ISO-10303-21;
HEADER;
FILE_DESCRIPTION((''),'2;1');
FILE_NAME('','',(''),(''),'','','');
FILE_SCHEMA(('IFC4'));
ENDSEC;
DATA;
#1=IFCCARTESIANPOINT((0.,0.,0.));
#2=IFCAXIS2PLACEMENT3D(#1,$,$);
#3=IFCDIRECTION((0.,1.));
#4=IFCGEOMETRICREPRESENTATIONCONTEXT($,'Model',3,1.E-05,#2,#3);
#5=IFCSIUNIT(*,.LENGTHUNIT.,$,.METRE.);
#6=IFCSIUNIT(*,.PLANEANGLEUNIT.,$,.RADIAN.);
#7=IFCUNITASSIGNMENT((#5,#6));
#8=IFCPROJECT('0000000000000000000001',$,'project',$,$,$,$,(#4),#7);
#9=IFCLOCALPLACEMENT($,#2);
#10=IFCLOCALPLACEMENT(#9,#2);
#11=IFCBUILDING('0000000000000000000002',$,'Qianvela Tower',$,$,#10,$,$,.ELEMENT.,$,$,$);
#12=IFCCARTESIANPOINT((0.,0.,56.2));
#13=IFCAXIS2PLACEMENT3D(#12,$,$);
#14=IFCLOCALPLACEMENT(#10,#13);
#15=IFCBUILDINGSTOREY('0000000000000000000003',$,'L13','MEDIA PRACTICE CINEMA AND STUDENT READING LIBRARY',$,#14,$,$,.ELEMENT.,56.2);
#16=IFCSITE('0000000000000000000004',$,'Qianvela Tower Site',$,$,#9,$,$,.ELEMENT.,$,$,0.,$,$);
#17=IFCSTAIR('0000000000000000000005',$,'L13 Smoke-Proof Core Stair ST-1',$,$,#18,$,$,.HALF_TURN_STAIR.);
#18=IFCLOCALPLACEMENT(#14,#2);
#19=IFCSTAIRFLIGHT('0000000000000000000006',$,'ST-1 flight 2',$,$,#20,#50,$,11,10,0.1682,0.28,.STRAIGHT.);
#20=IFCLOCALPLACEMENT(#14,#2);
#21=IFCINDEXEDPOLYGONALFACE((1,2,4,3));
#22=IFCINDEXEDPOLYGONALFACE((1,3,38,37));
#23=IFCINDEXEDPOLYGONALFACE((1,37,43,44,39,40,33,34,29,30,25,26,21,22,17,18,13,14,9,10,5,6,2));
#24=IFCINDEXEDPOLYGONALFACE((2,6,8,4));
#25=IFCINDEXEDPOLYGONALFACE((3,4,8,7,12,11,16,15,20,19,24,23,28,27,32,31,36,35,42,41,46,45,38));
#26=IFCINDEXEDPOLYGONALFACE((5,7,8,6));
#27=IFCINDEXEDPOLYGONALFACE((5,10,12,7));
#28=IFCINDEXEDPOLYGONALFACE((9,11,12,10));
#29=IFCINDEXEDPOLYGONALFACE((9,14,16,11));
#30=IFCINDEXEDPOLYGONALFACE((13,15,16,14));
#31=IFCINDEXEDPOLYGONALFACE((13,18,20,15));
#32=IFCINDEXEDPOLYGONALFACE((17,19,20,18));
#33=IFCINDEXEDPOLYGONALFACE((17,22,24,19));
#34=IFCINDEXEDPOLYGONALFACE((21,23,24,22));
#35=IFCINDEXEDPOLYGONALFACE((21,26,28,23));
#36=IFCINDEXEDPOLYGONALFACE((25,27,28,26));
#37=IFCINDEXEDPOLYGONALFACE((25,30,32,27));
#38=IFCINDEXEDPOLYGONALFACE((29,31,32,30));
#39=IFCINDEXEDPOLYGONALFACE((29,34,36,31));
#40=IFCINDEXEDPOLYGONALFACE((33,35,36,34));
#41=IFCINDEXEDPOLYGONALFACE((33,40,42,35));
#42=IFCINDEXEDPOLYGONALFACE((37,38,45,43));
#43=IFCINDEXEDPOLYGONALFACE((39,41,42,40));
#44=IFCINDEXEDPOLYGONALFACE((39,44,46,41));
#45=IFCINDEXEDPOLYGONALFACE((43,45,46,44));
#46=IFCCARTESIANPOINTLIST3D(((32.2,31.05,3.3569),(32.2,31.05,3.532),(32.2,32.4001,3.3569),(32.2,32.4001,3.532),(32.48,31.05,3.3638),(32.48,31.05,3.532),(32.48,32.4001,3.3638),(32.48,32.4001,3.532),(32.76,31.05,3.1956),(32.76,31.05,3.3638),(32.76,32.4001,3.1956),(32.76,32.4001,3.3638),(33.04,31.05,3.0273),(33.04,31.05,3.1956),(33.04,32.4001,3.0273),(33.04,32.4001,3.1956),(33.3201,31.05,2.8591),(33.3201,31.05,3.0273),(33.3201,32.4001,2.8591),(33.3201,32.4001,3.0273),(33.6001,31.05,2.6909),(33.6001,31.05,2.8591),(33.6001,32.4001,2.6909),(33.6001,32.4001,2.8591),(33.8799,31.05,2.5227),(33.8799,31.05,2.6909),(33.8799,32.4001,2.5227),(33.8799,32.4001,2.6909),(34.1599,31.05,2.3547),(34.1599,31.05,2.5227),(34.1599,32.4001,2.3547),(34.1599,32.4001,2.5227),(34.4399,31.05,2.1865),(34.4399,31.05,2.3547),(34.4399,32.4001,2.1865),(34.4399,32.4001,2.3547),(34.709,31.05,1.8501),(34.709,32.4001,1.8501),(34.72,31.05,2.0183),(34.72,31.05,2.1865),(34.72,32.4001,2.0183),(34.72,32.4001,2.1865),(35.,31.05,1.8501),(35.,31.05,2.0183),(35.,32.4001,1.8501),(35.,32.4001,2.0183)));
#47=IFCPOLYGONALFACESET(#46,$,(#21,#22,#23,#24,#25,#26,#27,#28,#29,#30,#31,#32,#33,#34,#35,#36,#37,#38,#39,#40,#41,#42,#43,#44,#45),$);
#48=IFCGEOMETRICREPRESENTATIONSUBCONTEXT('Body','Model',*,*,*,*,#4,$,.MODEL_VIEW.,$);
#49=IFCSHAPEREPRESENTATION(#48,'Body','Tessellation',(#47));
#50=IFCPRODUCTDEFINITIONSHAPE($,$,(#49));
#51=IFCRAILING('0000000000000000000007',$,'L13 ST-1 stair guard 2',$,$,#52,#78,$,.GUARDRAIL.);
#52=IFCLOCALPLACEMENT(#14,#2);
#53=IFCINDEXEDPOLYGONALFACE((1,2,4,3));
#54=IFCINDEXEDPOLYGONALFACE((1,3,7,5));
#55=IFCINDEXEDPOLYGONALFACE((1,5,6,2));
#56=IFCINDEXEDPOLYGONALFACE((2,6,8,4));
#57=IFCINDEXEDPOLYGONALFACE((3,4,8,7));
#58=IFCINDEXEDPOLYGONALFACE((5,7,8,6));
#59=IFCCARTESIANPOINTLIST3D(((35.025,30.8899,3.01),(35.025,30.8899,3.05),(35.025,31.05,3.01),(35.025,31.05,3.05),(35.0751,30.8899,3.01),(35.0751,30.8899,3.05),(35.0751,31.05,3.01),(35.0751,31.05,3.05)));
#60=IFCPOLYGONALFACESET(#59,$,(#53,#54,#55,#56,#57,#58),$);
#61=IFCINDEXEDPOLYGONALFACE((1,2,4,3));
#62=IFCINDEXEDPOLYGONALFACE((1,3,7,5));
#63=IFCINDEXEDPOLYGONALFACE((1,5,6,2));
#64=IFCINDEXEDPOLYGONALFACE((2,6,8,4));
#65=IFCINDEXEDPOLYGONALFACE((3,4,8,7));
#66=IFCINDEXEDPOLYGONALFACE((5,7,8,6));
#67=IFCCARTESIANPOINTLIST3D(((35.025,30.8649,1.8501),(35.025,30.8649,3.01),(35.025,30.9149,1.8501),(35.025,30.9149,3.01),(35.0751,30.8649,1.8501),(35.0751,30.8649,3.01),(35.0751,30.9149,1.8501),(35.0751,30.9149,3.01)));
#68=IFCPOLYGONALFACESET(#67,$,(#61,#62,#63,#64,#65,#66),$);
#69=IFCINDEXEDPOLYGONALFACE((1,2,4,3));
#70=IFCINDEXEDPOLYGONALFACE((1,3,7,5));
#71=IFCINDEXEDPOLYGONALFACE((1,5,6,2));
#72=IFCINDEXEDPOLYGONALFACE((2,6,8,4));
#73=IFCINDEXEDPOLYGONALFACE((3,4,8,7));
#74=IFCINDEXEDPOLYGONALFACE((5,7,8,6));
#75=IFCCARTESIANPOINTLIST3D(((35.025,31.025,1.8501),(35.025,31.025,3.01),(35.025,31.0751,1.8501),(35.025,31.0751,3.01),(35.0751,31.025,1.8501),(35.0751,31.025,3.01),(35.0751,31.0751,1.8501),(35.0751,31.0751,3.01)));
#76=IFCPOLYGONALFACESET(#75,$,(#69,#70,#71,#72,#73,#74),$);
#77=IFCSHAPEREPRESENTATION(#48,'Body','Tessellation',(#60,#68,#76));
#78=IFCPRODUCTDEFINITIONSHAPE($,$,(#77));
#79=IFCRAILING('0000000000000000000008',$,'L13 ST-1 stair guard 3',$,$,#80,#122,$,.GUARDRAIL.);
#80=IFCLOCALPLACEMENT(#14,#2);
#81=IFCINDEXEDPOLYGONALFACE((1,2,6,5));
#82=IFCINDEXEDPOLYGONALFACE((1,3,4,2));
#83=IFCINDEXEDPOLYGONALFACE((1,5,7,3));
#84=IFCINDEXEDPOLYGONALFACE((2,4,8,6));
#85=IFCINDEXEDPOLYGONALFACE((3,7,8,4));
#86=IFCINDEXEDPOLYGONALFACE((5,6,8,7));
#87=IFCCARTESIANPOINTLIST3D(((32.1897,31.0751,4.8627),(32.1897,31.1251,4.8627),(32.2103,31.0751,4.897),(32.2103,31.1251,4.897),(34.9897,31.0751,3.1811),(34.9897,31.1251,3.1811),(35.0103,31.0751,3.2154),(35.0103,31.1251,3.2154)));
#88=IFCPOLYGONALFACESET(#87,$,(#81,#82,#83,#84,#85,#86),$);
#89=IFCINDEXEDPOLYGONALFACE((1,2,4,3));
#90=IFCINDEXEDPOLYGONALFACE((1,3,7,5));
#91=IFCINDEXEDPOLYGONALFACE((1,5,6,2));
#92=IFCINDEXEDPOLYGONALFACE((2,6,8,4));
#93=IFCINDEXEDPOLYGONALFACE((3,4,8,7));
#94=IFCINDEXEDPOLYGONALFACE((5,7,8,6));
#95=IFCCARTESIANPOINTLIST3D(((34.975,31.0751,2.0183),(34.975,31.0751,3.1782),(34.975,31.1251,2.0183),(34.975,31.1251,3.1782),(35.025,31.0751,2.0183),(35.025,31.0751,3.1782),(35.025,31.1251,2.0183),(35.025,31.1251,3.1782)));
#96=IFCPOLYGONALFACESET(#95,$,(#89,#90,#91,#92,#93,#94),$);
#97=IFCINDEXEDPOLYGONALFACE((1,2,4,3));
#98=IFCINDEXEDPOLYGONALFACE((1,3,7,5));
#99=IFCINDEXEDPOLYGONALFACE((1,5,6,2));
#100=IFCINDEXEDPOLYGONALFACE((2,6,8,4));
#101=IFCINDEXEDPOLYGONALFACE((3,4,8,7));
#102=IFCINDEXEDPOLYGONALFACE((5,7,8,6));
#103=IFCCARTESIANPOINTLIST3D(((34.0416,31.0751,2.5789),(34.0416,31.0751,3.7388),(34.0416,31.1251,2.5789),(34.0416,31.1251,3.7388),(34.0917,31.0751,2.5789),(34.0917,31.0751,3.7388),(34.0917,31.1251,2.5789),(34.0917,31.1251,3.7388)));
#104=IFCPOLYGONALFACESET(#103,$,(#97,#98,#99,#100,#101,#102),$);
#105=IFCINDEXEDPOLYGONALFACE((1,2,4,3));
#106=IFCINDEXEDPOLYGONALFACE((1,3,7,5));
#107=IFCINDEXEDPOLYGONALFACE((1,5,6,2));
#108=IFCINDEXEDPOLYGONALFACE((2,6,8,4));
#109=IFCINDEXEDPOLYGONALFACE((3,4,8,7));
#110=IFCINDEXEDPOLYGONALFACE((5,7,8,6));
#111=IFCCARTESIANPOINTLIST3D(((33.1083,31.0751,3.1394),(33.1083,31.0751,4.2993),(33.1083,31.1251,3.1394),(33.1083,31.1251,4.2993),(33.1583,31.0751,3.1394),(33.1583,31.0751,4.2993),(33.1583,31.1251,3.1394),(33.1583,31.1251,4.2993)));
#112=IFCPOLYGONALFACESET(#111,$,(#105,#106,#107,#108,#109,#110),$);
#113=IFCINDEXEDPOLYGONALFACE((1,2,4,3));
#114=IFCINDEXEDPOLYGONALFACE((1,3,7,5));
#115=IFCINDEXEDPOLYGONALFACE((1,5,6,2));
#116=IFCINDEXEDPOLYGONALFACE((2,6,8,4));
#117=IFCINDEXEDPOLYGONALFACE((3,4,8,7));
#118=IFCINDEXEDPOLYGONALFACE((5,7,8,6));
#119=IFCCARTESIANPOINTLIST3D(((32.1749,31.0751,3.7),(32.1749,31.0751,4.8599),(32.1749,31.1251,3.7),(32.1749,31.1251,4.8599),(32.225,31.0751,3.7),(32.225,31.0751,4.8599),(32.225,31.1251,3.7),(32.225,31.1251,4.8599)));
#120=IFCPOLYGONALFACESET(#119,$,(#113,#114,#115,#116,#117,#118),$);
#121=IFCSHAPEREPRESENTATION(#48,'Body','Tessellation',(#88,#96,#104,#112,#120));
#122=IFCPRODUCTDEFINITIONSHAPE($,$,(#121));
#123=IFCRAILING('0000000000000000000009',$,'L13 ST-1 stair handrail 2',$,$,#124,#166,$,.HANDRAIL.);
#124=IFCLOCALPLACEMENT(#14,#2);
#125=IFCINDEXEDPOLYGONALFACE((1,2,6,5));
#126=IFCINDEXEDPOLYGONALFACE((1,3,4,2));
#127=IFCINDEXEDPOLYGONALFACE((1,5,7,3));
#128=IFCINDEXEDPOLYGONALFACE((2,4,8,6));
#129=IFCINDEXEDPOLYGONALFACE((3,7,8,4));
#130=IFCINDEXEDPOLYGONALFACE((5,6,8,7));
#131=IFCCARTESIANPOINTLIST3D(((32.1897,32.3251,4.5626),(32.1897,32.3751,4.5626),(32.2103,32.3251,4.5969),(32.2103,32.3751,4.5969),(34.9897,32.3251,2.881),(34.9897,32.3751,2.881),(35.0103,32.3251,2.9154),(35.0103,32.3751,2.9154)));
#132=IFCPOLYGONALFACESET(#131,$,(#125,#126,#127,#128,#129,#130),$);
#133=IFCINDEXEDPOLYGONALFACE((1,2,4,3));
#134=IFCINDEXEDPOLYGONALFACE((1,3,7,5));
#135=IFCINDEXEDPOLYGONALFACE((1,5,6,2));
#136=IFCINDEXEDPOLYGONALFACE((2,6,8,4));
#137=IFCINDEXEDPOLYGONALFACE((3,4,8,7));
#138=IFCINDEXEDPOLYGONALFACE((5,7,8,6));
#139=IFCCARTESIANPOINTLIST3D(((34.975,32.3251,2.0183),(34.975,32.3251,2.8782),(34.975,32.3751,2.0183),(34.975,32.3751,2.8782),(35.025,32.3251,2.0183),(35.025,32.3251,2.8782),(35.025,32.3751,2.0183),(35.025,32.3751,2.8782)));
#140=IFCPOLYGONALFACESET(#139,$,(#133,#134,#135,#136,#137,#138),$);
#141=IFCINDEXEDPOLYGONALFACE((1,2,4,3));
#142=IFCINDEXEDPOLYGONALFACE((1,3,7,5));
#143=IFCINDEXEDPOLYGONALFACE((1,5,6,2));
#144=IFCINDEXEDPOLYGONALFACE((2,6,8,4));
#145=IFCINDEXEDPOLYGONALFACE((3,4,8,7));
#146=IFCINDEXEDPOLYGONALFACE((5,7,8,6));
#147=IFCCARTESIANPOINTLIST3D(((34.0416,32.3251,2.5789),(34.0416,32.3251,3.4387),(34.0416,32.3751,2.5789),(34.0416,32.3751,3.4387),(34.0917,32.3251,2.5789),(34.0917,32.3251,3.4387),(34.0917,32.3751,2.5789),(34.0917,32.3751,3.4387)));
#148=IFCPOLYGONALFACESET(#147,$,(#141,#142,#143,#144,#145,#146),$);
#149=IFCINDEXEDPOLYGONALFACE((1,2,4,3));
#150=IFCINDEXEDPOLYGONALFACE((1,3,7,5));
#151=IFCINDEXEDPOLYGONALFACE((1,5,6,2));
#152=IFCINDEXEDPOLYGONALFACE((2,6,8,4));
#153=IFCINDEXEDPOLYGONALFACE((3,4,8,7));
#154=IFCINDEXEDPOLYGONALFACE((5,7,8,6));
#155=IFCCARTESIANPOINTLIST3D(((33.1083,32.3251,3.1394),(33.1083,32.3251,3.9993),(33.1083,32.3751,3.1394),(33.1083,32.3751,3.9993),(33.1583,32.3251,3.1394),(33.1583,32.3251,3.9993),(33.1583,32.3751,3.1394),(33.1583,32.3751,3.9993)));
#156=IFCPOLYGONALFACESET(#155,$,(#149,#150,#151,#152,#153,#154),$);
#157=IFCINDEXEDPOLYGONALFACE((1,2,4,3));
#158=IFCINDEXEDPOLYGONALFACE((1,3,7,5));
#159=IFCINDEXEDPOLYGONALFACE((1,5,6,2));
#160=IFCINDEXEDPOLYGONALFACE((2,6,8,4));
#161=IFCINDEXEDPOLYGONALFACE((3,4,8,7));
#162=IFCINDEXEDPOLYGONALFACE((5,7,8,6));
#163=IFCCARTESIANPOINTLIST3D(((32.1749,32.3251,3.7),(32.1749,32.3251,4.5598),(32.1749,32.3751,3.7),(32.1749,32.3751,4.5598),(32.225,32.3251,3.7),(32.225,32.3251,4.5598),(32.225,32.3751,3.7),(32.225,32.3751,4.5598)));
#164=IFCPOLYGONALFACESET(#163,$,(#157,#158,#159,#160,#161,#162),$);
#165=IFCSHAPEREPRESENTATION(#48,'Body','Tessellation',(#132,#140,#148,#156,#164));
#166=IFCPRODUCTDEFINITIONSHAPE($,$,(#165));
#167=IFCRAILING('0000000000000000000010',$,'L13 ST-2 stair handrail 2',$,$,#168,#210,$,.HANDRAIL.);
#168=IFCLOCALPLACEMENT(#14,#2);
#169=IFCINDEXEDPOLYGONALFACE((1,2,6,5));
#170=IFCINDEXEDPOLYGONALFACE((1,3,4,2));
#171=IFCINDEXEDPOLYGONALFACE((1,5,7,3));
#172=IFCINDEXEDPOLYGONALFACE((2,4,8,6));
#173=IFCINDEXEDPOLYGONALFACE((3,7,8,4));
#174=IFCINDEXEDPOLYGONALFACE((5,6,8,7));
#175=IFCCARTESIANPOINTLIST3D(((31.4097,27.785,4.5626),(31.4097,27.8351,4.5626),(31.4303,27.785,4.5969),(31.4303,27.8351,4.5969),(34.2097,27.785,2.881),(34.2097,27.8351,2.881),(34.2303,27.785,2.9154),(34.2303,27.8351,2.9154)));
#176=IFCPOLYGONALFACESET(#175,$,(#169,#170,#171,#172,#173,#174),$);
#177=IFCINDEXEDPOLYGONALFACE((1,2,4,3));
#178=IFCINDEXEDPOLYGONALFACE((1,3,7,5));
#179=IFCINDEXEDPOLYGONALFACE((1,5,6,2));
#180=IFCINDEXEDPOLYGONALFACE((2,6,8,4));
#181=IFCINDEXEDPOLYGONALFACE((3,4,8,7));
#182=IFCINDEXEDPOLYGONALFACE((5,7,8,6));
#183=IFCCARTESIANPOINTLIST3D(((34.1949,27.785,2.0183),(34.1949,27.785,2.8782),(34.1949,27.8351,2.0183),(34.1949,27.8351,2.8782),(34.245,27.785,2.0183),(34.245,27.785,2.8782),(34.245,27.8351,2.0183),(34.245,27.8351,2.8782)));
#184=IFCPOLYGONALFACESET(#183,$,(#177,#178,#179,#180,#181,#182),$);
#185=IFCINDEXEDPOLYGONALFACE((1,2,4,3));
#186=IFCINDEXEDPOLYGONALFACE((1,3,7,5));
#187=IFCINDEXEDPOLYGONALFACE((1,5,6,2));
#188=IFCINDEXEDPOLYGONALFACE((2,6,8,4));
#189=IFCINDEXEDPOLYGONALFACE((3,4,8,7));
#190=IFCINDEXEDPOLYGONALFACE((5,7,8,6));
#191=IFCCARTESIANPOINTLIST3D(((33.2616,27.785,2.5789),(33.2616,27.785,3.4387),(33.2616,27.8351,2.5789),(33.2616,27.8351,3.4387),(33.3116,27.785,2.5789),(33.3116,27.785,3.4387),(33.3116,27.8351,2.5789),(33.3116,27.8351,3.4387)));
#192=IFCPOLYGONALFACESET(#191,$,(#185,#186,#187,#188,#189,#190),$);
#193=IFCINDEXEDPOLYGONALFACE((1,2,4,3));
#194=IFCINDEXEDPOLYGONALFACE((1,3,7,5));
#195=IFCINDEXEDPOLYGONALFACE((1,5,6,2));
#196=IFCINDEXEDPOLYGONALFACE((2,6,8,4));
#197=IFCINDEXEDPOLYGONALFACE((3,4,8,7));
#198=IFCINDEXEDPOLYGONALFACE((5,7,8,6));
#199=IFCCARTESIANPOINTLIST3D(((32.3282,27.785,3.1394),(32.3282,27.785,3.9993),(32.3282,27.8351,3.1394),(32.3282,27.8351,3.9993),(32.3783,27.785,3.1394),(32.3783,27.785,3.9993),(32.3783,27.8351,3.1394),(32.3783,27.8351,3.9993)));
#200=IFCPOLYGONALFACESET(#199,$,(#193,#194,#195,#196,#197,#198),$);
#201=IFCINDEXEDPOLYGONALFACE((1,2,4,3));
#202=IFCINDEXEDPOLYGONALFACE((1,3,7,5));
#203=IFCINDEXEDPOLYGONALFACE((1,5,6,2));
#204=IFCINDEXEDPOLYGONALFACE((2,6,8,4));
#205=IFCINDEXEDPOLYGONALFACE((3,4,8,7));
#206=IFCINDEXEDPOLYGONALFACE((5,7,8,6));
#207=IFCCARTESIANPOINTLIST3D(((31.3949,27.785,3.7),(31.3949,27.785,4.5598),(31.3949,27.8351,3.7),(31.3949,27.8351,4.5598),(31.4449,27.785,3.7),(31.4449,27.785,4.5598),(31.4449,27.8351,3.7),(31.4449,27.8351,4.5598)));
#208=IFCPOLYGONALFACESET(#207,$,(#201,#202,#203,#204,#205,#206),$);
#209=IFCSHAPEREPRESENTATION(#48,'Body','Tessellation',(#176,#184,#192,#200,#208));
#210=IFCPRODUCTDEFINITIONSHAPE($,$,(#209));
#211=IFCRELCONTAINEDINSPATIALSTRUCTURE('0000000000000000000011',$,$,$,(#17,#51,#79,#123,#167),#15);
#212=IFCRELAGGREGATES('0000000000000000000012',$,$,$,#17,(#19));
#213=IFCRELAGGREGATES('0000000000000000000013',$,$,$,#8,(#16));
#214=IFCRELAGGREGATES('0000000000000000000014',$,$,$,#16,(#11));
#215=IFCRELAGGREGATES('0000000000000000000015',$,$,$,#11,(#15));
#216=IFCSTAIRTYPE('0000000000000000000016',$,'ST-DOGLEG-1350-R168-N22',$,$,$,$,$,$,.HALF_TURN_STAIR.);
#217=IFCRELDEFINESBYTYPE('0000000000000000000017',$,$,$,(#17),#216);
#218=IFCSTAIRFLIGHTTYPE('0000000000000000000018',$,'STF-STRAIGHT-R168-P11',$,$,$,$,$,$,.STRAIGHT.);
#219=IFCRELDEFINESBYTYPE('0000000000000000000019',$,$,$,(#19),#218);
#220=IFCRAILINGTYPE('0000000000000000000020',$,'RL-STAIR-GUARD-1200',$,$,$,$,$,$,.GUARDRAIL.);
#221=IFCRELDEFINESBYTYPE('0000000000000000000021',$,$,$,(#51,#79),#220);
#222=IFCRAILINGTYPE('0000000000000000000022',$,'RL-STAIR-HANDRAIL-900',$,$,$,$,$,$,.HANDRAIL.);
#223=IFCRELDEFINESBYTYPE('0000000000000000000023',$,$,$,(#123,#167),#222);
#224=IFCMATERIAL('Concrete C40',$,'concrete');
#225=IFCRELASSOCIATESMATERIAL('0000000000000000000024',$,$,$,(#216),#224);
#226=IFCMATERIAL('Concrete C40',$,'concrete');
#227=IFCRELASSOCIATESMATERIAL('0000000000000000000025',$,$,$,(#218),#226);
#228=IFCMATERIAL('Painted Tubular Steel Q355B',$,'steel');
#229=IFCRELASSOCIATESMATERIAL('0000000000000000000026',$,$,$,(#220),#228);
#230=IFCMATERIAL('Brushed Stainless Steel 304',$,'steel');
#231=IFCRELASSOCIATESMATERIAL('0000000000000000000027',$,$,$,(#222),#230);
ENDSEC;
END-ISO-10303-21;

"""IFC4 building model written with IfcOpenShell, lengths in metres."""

from ifc_helpers import new_model, si_unit, direction, frame, origin, origin_2d, place, context, subcontext, project, spatial, polyline, rectangle, outline, extrude, material, type_object, element, aggregate, save


model = new_model("IFC4")

# Units and contexts
model_context = context("Model", 3, precision=1e-05, world=origin(), true_north=direction((0.0, 1.0)))
body_context = subcontext(model_context, "Body", "Model", "MODEL_VIEW")
ifc_project = project(units=[si_unit("LENGTHUNIT", "METRE"), si_unit("PLANEANGLEUNIT", "RADIAN")], contexts=[model_context])

# Site, building, storey
site_placement = place(None, origin())
site = spatial("IfcSite", under=ifc_project, at=site_placement, Name="Qianvela Tower Site", CompositionType="ELEMENT", RefElevation=0.0)
building_placement = place(site_placement, origin())
building = spatial("IfcBuilding", under=site, at=building_placement, Name="Qianvela Tower", CompositionType="ELEMENT")
storey_placement = place(building_placement, frame((0.0, 0.0, 56.2)))
storey = spatial("IfcBuildingStorey", under=building, at=storey_placement, Name="L13", Description="MEDIA PRACTICE CINEMA AND STUDENT READING LIBRARY", CompositionType="ELEMENT", Elevation=56.2)

# Stair, stair flight
ifc_material_1 = material(Name="Concrete C40", Category="concrete")
stair_type = type_object("IfcStairType", Name="ST-DOGLEG-1350-R168-N22", PredefinedType="HALF_TURN_STAIR", material=ifc_material_1)
stair_placement = place(storey_placement, origin())
stair = element("IfcStair", 1, at=stair_placement, inside=storey, type_object=stair_type, Name="L13 Smoke-Proof Core Stair ST-1", PredefinedType="HALF_TURN_STAIR")
ifc_material_2 = material(Name="Concrete C40", Category="concrete")
stair_flight_type = type_object("IfcStairFlightType", Name="STF-STRAIGHT-R168-P11", PredefinedType="STRAIGHT", material=ifc_material_2)
stair_flight_placement = place(storey_placement, frame((35.0, 31.7251, 1.8501), z_axis=(0.0, 0.0, 1.0), x_axis=(-1.0, 0.0, 0.0)))
stair_flight = element("IfcStairFlight", 2, at=stair_flight_placement, type_object=stair_flight_type, Name="ST-1 flight 2", NumberOfRisers=11, NumberOfTreads=10, PredefinedType="STRAIGHT", RiserHeight=0.1682, TreadLength=0.28, context=body_context, shape_type="SweptSolid", body=[
    extrude(outline(polyline([(0.0, 0.0), (0.0, 0.1682), (0.28, 0.1682), (0.28, 0.3364), (0.5601, 0.3364), (0.5601, 0.5046), (0.8401, 0.5046), (0.8401, 0.6726), (1.1201, 0.6726), (1.1201, 0.8408), (1.3999, 0.8408), (1.3999, 1.009), (1.6799, 1.009), (1.6799, 1.1772), (1.96, 1.1772), (1.96, 1.3455), (2.24, 1.3455), (2.24, 1.5137), (2.52, 1.5137), (2.52, 1.6819), (2.8, 1.6819), (2.8, 1.8501), (2.8, 1.5068), (0.291, 0.0), (0.0, 0.0)])), frame((0.0, 0.675, 0.0), z_axis=(0.0, -1.0, 0.0), x_axis=(1.0, 0.0, 0.0)), (0.0, 0.0, 1.0), 1.3501),
])
aggregate(stair, [stair_flight])

# Railings
ifc_material_3 = material(Name="Painted Tubular Steel Q355B", Category="steel")
railing_type_1 = type_object("IfcRailingType", Name="RL-STAIR-GUARD-1200", PredefinedType="GUARDRAIL", material=ifc_material_3)
railing_1_placement = place(storey_placement, frame((35.05, 30.8899, 1.8501)))
element("IfcRailing", 3, at=railing_1_placement, inside=storey, type_object=railing_type_1, Name="L13 ST-1 stair guard 2", PredefinedType="GUARDRAIL", context=body_context, shape_type="SweptSolid", body=[
    extrude(rectangle(XDim=0.05, YDim=0.04, at=origin_2d()), frame((0.0, 0.0, 1.1799), z_axis=(0.0, 1.0, 0.0), x_axis=(-1.0, 0.0, 0.0)), (0.0, 0.0, 1.0), 0.1602),
    extrude(rectangle(XDim=0.05, YDim=0.05, at=origin_2d()), origin(), (0.0, 0.0, 1.0), 1.1599),
    extrude(rectangle(XDim=0.05, YDim=0.05, at=origin_2d()), frame((0.0, 0.1602, 0.0)), (0.0, 0.0, 1.0), 1.1599),
])
railing_2_placement = place(storey_placement, frame((35.0, 31.1001, 2.0183)))
element("IfcRailing", 4, at=railing_2_placement, inside=storey, type_object=railing_type_1, Name="L13 ST-1 stair guard 3", PredefinedType="GUARDRAIL", context=body_context, shape_type="SweptSolid", body=[
    extrude(rectangle(XDim=0.05, YDim=0.04, at=origin_2d()), frame((0.0, 0.0, 1.1799), z_axis=(-0.857275, 0.0, 0.514858), x_axis=(0.0, -1.0, 0.0)), (0.0, 0.0, 1.0), 3.2661),
    extrude(rectangle(XDim=0.05, YDim=0.05, at=origin_2d()), origin(), (0.0, 0.0, 1.0), 1.1599),
    extrude(rectangle(XDim=0.05, YDim=0.05, at=origin_2d()), frame((-0.9333, 0.0, 0.5605)), (0.0, 0.0, 1.0), 1.1599),
    extrude(rectangle(XDim=0.05, YDim=0.05, at=origin_2d()), frame((-1.8667, 0.0, 1.1211)), (0.0, 0.0, 1.0), 1.1599),
    extrude(rectangle(XDim=0.05, YDim=0.05, at=origin_2d()), frame((-2.8, 0.0, 1.6816)), (0.0, 0.0, 1.0), 1.1599),
])
ifc_material_4 = material(Name="Brushed Stainless Steel 304", Category="steel")
railing_type_2 = type_object("IfcRailingType", Name="RL-STAIR-HANDRAIL-900", PredefinedType="HANDRAIL", material=ifc_material_4)
for number, where, name in (
    (5, (35.0, 32.3501, 2.0183), "L13 ST-1 stair handrail 2"),
    (6, (34.22, 27.8101, 2.0183), "L13 ST-2 stair handrail 2"),
):
    element("IfcRailing", number, at=place(storey_placement, frame(where)), inside=storey, type_object=railing_type_2, Name=name, PredefinedType="HANDRAIL", context=body_context, shape_type="SweptSolid", body=[
        extrude(rectangle(XDim=0.05, YDim=0.04, at=origin_2d()), frame((0.0, 0.0, 0.8799), z_axis=(-0.857275, 0.0, 0.514858), x_axis=(0.0, -1.0, 0.0)), (0.0, 0.0, 1.0), 3.2661),
        extrude(rectangle(XDim=0.05, YDim=0.05, at=origin_2d()), origin(), (0.0, 0.0, 1.0), 0.8599),
        extrude(rectangle(XDim=0.05, YDim=0.05, at=origin_2d()), frame((-0.9333, 0.0, 0.5605)), (0.0, 0.0, 1.0), 0.8599),
        extrude(rectangle(XDim=0.05, YDim=0.05, at=origin_2d()), frame((-1.8667, 0.0, 1.1211)), (0.0, 0.0, 1.0), 0.8599),
        extrude(rectangle(XDim=0.05, YDim=0.05, at=origin_2d()), frame((-2.8, 0.0, 1.6816)), (0.0, 0.0, 1.0), 0.8599),
    ])

save(model, "model.ifc")
